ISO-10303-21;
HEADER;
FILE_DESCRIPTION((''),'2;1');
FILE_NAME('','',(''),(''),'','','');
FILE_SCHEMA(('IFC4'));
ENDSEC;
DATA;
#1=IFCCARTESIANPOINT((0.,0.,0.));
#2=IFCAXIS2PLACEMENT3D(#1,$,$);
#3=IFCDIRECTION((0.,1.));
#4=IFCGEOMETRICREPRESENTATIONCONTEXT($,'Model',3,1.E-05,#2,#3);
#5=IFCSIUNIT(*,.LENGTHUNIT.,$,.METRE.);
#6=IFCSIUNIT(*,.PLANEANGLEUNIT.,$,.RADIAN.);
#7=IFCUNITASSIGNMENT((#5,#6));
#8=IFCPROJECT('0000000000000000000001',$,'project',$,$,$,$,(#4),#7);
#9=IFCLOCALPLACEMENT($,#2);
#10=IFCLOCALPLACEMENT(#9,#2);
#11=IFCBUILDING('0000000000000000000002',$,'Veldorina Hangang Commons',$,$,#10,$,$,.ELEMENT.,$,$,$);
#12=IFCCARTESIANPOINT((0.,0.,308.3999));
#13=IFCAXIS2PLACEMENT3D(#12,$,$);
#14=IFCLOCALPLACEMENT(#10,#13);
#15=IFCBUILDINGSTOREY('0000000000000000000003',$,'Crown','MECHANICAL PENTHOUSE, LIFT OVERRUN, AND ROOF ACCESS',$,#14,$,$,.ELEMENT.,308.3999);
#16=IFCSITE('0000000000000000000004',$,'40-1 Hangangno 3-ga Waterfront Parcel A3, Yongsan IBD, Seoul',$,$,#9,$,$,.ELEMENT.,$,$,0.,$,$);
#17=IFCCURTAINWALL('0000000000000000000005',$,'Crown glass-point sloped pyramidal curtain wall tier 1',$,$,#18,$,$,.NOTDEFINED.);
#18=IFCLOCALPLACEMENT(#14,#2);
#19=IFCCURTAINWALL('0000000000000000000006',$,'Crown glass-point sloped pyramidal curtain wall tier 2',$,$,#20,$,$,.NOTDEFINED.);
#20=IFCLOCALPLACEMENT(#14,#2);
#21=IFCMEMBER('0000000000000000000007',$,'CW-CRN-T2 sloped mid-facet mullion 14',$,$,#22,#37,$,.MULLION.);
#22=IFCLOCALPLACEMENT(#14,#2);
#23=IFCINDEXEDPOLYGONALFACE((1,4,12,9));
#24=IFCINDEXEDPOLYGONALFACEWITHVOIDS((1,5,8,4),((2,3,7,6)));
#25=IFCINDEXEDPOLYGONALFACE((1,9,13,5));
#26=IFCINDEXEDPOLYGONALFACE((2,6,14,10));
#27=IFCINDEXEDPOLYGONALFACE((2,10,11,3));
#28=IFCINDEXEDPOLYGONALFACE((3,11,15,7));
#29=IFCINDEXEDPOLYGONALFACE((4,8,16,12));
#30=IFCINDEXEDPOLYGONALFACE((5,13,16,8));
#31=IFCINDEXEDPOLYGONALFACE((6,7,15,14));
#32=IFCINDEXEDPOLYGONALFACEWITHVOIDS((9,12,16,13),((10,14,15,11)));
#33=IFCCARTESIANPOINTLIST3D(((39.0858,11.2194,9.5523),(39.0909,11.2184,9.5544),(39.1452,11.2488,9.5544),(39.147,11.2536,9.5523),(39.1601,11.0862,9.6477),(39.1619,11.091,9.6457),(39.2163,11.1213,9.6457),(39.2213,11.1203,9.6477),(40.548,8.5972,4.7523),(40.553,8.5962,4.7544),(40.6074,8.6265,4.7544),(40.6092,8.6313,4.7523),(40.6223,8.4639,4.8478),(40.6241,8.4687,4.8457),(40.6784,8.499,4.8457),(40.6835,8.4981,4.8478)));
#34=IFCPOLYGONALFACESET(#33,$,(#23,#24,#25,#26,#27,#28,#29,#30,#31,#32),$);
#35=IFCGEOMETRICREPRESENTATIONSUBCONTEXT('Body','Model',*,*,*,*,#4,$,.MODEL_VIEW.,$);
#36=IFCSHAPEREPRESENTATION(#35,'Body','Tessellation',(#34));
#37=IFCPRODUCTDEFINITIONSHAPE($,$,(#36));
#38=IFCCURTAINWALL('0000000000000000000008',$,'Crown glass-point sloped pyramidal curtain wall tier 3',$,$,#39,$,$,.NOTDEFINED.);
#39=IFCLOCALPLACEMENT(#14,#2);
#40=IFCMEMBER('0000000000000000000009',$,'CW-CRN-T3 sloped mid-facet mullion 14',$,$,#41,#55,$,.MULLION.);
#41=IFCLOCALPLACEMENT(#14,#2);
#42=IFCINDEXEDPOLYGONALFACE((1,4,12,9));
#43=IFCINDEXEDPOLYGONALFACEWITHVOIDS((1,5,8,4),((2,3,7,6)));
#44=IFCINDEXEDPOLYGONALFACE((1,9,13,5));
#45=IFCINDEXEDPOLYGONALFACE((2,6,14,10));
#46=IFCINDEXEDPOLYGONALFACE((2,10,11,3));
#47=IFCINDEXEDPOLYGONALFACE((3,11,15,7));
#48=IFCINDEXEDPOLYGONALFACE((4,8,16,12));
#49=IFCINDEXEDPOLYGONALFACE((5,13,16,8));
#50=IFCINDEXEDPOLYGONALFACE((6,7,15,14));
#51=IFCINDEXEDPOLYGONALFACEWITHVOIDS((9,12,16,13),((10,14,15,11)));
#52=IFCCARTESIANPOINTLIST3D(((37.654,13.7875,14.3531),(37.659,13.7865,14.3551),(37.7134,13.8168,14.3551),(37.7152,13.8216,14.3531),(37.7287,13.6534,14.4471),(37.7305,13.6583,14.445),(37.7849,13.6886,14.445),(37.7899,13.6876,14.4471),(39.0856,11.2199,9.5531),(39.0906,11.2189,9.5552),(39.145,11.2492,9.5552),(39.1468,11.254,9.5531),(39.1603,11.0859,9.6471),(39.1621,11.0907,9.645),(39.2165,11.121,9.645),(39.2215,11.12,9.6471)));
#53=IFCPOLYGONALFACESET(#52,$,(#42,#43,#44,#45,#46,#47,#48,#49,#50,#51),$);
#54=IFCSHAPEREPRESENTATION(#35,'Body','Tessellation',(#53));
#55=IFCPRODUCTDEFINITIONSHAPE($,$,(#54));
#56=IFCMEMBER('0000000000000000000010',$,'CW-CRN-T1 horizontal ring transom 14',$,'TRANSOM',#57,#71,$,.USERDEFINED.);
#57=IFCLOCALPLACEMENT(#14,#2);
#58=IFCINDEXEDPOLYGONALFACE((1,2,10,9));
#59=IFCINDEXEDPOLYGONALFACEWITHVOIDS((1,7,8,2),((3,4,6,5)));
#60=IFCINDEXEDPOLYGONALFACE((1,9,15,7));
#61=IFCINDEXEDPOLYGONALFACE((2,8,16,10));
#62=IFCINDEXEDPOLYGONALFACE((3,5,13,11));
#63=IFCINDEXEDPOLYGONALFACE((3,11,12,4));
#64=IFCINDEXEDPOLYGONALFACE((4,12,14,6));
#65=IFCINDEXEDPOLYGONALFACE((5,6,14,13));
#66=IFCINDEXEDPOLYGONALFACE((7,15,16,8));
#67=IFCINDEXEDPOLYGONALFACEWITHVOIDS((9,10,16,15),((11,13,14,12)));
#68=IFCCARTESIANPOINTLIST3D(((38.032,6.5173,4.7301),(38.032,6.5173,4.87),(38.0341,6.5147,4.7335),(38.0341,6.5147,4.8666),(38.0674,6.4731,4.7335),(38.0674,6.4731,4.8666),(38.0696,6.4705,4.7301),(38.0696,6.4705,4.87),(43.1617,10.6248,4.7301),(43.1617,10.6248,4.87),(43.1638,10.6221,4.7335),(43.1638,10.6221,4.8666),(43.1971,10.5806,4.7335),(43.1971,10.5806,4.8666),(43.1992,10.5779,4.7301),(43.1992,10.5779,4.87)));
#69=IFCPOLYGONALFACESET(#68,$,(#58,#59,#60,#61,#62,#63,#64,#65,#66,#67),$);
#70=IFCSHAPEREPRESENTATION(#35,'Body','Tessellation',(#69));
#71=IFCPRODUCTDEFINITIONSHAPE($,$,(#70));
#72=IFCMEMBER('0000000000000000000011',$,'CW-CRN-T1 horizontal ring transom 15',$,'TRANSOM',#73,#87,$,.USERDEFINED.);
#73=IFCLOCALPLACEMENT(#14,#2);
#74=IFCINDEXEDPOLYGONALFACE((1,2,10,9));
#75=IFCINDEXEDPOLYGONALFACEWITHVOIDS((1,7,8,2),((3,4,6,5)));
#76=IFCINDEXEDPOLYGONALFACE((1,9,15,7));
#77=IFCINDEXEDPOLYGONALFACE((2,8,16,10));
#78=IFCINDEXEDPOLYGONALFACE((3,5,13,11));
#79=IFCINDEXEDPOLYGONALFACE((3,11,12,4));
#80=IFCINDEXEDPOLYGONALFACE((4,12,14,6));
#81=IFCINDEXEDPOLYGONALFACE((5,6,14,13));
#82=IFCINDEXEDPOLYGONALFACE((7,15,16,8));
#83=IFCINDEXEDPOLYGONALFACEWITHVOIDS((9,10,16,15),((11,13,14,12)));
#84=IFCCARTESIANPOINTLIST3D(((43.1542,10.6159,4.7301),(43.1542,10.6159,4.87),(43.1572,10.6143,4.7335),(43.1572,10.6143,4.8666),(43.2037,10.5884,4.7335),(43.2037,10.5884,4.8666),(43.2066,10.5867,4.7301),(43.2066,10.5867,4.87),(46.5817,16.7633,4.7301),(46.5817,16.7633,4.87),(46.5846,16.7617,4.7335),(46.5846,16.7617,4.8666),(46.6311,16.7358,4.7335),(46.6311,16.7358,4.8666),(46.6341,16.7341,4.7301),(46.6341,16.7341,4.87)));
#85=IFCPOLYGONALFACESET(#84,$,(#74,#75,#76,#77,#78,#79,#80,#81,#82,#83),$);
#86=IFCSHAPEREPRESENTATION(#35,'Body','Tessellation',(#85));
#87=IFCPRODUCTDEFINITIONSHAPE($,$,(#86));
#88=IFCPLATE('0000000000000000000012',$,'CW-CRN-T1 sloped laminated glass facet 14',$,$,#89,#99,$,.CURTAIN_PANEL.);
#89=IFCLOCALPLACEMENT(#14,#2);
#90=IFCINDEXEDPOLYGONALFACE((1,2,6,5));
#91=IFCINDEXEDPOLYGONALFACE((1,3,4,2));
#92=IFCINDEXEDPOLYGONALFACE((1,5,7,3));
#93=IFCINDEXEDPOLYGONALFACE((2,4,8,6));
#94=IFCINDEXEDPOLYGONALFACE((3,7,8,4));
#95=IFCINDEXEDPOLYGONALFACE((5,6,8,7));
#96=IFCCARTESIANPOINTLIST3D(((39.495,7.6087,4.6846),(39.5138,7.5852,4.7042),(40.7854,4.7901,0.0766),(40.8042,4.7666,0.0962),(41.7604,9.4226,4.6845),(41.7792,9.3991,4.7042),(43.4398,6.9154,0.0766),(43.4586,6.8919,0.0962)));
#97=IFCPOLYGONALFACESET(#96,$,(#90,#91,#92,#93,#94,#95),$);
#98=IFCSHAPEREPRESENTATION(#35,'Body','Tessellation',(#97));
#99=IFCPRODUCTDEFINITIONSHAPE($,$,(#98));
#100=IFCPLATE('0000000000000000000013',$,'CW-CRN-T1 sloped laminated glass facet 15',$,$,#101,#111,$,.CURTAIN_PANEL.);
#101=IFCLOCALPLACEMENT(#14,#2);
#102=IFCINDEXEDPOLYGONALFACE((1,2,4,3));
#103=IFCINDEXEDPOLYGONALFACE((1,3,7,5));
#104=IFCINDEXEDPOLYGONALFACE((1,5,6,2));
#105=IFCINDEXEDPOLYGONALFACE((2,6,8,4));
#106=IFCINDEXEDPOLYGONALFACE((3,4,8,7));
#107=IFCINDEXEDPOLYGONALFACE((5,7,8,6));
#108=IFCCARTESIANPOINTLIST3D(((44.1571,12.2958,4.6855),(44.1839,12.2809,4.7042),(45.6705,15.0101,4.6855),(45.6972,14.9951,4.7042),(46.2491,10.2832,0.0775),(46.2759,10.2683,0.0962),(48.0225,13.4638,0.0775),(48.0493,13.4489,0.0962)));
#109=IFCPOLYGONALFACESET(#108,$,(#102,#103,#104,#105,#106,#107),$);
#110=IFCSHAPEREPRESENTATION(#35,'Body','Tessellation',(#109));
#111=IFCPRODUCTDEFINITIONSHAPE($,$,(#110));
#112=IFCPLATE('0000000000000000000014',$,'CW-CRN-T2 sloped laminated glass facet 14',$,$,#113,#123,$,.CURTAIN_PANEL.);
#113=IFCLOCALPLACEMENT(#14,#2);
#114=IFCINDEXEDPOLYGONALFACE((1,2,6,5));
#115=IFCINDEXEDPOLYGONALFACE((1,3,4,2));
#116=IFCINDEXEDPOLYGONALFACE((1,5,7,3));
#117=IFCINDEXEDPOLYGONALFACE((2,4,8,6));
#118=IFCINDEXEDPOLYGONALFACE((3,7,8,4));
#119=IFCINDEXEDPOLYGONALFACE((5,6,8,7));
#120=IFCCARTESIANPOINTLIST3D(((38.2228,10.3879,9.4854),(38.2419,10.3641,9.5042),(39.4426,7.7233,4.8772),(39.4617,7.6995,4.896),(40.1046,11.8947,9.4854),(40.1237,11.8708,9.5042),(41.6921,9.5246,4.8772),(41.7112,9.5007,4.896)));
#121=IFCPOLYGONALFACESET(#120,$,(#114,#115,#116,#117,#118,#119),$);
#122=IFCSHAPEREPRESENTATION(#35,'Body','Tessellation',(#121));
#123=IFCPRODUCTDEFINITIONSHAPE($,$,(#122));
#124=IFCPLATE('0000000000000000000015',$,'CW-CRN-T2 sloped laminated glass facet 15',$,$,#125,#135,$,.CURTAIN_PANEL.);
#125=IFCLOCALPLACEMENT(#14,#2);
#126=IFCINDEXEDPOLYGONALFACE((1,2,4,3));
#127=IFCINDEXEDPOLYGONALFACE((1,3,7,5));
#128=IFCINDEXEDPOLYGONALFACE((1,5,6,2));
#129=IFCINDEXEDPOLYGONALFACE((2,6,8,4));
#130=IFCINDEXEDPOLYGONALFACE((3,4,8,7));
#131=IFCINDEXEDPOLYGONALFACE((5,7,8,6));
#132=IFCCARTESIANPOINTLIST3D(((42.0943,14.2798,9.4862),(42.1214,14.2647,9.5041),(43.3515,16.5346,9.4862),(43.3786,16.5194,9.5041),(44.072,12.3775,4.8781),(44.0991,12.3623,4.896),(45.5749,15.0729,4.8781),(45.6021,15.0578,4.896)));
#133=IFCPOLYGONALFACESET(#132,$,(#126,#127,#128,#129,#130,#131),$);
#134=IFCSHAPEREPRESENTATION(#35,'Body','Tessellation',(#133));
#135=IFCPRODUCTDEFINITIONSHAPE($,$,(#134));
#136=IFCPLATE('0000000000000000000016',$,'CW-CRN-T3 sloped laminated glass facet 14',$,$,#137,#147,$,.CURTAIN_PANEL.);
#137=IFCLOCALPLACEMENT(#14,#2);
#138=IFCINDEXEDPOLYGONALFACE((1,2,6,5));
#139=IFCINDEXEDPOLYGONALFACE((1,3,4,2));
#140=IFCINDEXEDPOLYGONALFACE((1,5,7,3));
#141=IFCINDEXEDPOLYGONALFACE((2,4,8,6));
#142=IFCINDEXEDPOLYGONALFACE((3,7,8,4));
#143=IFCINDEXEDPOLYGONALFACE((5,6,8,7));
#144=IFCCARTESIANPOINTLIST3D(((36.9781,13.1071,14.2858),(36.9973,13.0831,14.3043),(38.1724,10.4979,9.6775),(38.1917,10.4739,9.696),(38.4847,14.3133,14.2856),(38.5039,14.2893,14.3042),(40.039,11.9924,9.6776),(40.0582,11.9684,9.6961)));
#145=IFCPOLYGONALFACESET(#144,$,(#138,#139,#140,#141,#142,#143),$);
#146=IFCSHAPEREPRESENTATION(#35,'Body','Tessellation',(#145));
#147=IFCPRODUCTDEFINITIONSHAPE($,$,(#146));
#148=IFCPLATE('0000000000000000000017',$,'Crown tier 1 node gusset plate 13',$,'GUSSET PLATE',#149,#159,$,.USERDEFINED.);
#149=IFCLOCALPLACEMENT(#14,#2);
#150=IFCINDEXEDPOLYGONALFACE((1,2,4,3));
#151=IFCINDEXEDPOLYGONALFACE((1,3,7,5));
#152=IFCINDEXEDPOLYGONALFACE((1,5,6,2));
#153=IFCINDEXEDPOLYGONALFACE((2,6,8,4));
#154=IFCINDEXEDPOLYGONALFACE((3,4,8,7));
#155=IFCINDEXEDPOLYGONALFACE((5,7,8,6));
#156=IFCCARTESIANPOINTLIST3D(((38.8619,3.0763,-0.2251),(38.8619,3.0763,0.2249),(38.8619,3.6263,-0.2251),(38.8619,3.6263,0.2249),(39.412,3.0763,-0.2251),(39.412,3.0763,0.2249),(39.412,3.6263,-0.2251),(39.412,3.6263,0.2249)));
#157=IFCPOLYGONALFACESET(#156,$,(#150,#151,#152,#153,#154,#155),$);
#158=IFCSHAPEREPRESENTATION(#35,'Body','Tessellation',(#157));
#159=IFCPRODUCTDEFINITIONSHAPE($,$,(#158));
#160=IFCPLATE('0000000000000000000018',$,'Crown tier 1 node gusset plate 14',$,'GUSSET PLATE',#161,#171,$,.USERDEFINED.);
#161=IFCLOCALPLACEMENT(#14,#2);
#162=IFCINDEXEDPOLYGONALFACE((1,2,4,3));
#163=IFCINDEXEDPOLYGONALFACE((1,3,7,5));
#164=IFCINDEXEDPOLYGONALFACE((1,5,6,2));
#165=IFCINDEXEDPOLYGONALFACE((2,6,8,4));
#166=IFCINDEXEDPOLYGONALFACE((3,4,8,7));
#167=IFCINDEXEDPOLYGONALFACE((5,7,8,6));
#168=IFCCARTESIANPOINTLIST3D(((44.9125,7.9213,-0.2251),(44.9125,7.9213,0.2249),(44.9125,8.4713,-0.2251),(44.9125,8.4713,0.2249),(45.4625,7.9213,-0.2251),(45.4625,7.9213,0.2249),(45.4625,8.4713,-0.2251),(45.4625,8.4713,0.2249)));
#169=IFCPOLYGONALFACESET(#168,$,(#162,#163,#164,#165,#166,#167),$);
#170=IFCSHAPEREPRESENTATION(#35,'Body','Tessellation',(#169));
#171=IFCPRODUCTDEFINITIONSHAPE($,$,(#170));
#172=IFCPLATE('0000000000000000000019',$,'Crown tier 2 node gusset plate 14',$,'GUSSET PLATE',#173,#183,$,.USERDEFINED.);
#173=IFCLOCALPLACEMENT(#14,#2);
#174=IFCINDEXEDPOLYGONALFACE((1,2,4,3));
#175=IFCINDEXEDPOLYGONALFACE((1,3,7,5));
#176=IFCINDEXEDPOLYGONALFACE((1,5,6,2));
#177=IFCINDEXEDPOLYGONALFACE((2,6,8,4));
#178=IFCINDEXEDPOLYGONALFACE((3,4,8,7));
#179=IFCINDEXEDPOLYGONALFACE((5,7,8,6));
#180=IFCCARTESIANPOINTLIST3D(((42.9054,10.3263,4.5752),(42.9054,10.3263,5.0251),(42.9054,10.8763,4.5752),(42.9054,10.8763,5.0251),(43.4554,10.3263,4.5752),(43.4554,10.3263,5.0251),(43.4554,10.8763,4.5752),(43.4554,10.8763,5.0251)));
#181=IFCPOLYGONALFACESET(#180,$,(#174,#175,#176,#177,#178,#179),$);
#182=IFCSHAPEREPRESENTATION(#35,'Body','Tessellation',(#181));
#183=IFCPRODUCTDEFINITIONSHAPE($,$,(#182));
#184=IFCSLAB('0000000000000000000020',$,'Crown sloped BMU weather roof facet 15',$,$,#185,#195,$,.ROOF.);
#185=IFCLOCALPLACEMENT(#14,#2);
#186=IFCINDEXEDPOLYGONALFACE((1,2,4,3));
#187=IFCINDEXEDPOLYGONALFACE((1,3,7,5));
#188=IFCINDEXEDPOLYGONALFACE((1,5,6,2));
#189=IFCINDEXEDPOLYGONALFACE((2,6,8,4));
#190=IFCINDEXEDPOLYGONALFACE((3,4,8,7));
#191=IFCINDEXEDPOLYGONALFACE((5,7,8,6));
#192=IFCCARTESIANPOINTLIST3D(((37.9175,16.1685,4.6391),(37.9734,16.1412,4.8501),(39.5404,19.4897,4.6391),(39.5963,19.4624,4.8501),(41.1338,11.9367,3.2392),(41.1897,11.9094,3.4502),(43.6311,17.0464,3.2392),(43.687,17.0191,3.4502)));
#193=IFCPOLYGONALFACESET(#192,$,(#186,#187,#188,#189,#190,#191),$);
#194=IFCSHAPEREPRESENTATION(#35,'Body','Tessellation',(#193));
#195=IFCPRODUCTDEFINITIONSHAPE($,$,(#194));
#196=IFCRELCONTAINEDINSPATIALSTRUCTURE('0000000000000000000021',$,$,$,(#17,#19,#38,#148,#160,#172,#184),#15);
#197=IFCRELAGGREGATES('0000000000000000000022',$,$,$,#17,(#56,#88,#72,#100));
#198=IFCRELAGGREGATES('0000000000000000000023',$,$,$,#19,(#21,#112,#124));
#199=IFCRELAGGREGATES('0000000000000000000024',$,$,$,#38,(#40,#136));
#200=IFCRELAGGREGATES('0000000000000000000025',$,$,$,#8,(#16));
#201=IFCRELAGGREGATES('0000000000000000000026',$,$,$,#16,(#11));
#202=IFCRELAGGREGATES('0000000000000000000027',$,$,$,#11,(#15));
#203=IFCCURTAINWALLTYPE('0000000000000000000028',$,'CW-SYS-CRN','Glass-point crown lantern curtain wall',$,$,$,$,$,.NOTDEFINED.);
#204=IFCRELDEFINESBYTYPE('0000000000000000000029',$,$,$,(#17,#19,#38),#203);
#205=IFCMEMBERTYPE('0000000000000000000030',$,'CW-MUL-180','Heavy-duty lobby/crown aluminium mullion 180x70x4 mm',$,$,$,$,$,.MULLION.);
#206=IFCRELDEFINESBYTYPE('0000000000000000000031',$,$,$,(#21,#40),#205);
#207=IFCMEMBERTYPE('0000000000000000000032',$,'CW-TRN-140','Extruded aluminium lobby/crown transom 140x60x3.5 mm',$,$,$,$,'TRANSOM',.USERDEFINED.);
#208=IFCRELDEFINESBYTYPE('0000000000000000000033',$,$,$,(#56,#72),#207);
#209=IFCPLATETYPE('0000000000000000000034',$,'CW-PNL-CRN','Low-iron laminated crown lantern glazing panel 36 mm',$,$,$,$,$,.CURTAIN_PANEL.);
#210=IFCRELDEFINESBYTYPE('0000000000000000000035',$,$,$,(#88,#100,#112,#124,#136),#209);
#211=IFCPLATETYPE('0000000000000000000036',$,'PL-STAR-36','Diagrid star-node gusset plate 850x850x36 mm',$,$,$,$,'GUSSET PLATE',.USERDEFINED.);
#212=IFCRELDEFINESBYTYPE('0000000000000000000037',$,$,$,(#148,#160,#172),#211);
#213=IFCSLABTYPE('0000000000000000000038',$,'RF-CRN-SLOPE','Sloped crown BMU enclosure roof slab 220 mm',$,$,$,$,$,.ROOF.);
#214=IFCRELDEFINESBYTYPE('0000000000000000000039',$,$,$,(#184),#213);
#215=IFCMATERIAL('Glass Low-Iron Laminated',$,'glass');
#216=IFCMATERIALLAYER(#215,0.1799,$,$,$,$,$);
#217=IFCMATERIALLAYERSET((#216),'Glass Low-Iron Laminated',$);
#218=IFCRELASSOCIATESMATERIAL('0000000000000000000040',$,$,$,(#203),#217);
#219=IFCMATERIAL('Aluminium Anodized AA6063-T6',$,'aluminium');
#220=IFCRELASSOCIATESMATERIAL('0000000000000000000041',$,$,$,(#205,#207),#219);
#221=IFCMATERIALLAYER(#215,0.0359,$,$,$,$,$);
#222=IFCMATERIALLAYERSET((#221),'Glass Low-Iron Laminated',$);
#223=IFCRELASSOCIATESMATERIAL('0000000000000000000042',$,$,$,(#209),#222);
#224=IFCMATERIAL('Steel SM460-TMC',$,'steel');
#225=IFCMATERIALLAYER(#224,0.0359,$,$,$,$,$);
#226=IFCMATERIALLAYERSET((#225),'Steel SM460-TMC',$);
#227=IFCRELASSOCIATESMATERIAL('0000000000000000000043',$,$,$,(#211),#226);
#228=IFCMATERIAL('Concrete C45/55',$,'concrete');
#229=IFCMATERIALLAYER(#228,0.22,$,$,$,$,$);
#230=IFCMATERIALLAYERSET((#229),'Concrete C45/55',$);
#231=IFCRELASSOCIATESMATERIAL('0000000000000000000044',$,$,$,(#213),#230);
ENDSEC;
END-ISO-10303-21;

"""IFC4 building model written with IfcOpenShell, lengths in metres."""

from ifc_helpers import new_model, si_unit, direction, frame, origin, origin_2d, place, context, subcontext, project, spatial, polyline, rectangle, hollow_rectangle, outline, extrude, material, layer, layer_set, material_profile, profile_set, type_object, element, aggregate, save


model = new_model("IFC4")

# Units and contexts
model_context = context("Model", 3, precision=1e-05, world=origin(), true_north=direction((0.0, 1.0)))
body_context = subcontext(model_context, "Body", "Model", "MODEL_VIEW")
ifc_project = project(units=[si_unit("LENGTHUNIT", "METRE"), si_unit("PLANEANGLEUNIT", "RADIAN")], contexts=[model_context])

# Site, building, storey
site_placement = place(None, origin())
site = spatial("IfcSite", under=ifc_project, at=site_placement, Name="40-1 Hangangno 3-ga Waterfront Parcel A3, Yongsan IBD, Seoul", CompositionType="ELEMENT", RefElevation=0.0)
building_placement = place(site_placement, origin())
building = spatial("IfcBuilding", under=site, at=building_placement, Name="Veldorina Hangang Commons", CompositionType="ELEMENT")
storey_placement = place(building_placement, frame((0.0, 0.0, 308.3999)))
storey = spatial("IfcBuildingStorey", under=building, at=storey_placement, Name="Crown", Description="MECHANICAL PENTHOUSE, LIFT OVERRUN, AND ROOF ACCESS", CompositionType="ELEMENT", Elevation=308.3999)

# Shared definitions
ifc_material_1 = material(Name="Steel SM460-TMC", Category="steel")

# Curtain wall
ifc_material_2 = material(Name="Glass Low-Iron Laminated", Category="glass")
ifc_layer_1 = layer(ifc_material_2, 0.1799)
ifc_layer_set_1 = layer_set([ifc_layer_1], Name="Glass Low-Iron Laminated")
curtain_wall_type = type_object("IfcCurtainWallType", Name="CW-SYS-CRN", Description="Glass-point crown lantern curtain wall", PredefinedType="NOTDEFINED", material=ifc_layer_set_1)
curtain_wall_1_placement = place(storey_placement, origin())
curtain_wall_1 = element("IfcCurtainWall", 1, at=curtain_wall_1_placement, inside=storey, type_object=curtain_wall_type, Name="Crown glass-point sloped pyramidal curtain wall tier 1", PredefinedType="NOTDEFINED")
ifc_material_3 = material(Name="Aluminium Anodized AA6063-T6", Category="aluminium")
ifc_material_profile_1 = material_profile(ifc_material_3, hollow_rectangle(XDim=0.0701, YDim=0.1799, WallThickness=0.0039, at=origin_2d()), Name="ALU-RHS-180x70x4")
ifc_profile_set_1 = profile_set([ifc_material_profile_1], Name="Aluminium Anodized AA6063-T6")
member_type_1 = type_object("IfcMemberType", Name="CW-MUL-180", Description="Heavy-duty lobby/crown aluminium mullion 180x70x4 mm", PredefinedType="MULLION", material=ifc_profile_set_1)

# Curtain walls, members
curtain_wall_2_placement = place(storey_placement, origin())
curtain_wall_2 = element("IfcCurtainWall", 2, at=curtain_wall_2_placement, inside=storey, type_object=curtain_wall_type, Name="Crown glass-point sloped pyramidal curtain wall tier 2", PredefinedType="NOTDEFINED")
member_1_placement = place(storey_placement, frame((40.6157, 8.5476, 4.8), z_axis=(-0.258254, 0.463167, 0.84781), x_axis=(-0.873404, -0.486996, 0.0)))
member_1 = element("IfcMember", 3, at=member_1_placement, type_object=member_type_1, Name="CW-CRN-T2 sloped mid-facet mullion 14", PredefinedType="MULLION", context=body_context, shape_type="SweptSolid", body=[
    extrude(hollow_rectangle(XDim=0.0701, YDim=0.1799, WallThickness=0.0039, at=origin_2d()), origin(), (0.0, 0.0, 1.0), 5.6616),
])
curtain_wall_3_placement = place(storey_placement, origin())
curtain_wall_3 = element("IfcCurtainWall", 4, at=curtain_wall_3_placement, inside=storey, type_object=curtain_wall_type, Name="Crown glass-point sloped pyramidal curtain wall tier 3", PredefinedType="NOTDEFINED")
member_2_placement = place(storey_placement, frame((39.1536, 11.1699, 9.6001), z_axis=(-0.254345, 0.456163, 0.852774), x_axis=(-0.873408, -0.486989, 0.0)))
member_2 = element("IfcMember", 5, at=member_2_placement, type_object=member_type_1, Name="CW-CRN-T3 sloped mid-facet mullion 14", PredefinedType="MULLION", context=body_context, shape_type="SweptSolid", body=[
    extrude(hollow_rectangle(XDim=0.0701, YDim=0.1799, WallThickness=0.0039, at=origin_2d()), origin(), (0.0, 0.0, 1.0), 5.6287),
])

# Members
ifc_material_profile_2 = material_profile(ifc_material_3, hollow_rectangle(XDim=0.0601, YDim=0.1399, WallThickness=0.0034, at=origin_2d()), Name="ALU-RHS-140x60x3.5")
ifc_profile_set_2 = profile_set([ifc_material_profile_2], Name="Aluminium Anodized AA6063-T6")
member_type_2 = type_object("IfcMemberType", Name="CW-TRN-140", Description="Extruded aluminium lobby/crown transom 140x60x3.5 mm", ElementType="TRANSOM", PredefinedType="USERDEFINED", material=ifc_profile_set_2)
member_3_placement = place(storey_placement, frame((38.0508, 6.4939, 4.8), z_axis=(0.780593, 0.625039, 0.0), x_axis=(-0.625039, 0.780593, 0.0)))
member_3 = element("IfcMember", 6, at=member_3_placement, type_object=member_type_2, Name="CW-CRN-T1 horizontal ring transom 14", ObjectType="TRANSOM", PredefinedType="USERDEFINED", context=body_context, shape_type="SweptSolid", body=[
    extrude(hollow_rectangle(XDim=0.0601, YDim=0.1399, WallThickness=0.0034, at=origin_2d()), origin(), (0.0, 0.0, 1.0), 6.5715),
])
member_4_placement = place(storey_placement, frame((43.1804, 10.6013, 4.8), z_axis=(0.486971, 0.873418, 0.0), x_axis=(-0.873418, 0.486971, 0.0)))
member_4 = element("IfcMember", 7, at=member_4_placement, type_object=member_type_2, Name="CW-CRN-T1 horizontal ring transom 15", ObjectType="TRANSOM", PredefinedType="USERDEFINED", context=body_context, shape_type="SweptSolid", body=[
    extrude(hollow_rectangle(XDim=0.0601, YDim=0.1399, WallThickness=0.0034, at=origin_2d()), origin(), (0.0, 0.0, 1.0), 7.0383),
])

# Plates
ifc_layer_2 = layer(ifc_material_2, 0.0359)
ifc_layer_set_2 = layer_set([ifc_layer_2], Name="Glass Low-Iron Laminated")
plate_type_1 = type_object("IfcPlateType", Name="CW-PNL-CRN", Description="Low-iron laminated crown lantern glazing panel 36 mm", PredefinedType="CURTAIN_PANEL", material=ifc_layer_set_2)
plate_1_placement = place(storey_placement, frame((40.8042, 4.7666, 0.0962), z_axis=(0.523451, -0.653738, 0.546467), x_axis=(0.780603, 0.625027, -0.000007)))
plate_1 = element("IfcPlate", 8, at=plate_1_placement, type_object=plate_type_1, Name="CW-CRN-T1 sloped laminated glass facet 14", PredefinedType="CURTAIN_PANEL", context=body_context, shape_type="SweptSolid", body=[
    extrude(outline(polyline([(0.0, 0.0), (3.4004, 0.0), (3.6565, 5.5022), (0.7544, 5.5022), (0.0, 0.0)])), origin(), (0.0, 0.0, -1.0), 0.0359),
])
plate_2_placement = place(storey_placement, frame((46.2759, 10.2683, 0.0962), z_axis=(0.745891, -0.415884, 0.520276), x_axis=(0.486985, 0.87341, -0.000001)))
plate_2 = element("IfcPlate", 9, at=plate_2_placement, type_object=plate_type_1, Name="CW-CRN-T1 sloped laminated glass facet 15", PredefinedType="CURTAIN_PANEL", context=body_context, shape_type="SweptSolid", body=[
    extrude(outline(polyline([(0.0, 0.0), (3.6416, 0.0), (3.8467, 5.3958), (0.739, 5.3958), (0.0, 0.0)])), origin(), (0.0, 0.0, -1.0), 0.0359),
])
aggregate(curtain_wall_1, [member_3, plate_1, member_4, plate_2])
plate_3_placement = place(storey_placement, frame((39.4617, 7.6995, 4.896), z_axis=(0.531988, -0.664377, 0.524969), x_axis=(0.780589, 0.625044, 0.000001)))
plate_3 = element("IfcPlate", 10, at=plate_3_placement, type_object=plate_type_1, Name="CW-CRN-T2 sloped laminated glass facet 14", PredefinedType="CURTAIN_PANEL", context=body_context, shape_type="SweptSolid", body=[
    extrude(outline(polyline([(0.0, 0.0), (2.8818, 0.0), (3.124, 5.4143), (0.7134, 5.4143), (0.0, 0.0)])), origin(), (0.0, 0.0, -1.0), 0.0359),
])
plate_4_placement = place(storey_placement, frame((44.0991, 12.3623, 4.896), z_axis=(0.75687, -0.422014, 0.49905), x_axis=(0.486989, 0.873408, 0.000006)))
plate_4 = element("IfcPlate", 11, at=plate_4_placement, type_object=plate_type_1, Name="CW-CRN-T2 sloped laminated glass facet 15", PredefinedType="CURTAIN_PANEL", context=body_context, shape_type="SweptSolid", body=[
    extrude(outline(polyline([(0.0, 0.0), (3.0862, 0.0), (3.28, 5.3176), (0.6985, 5.3176), (0.0, 0.0)])), origin(), (0.0, 0.0, -1.0), 0.0359),
])
aggregate(curtain_wall_2, [member_1, plate_3, plate_4])
plate_5_placement = place(storey_placement, frame((38.1917, 10.4739, 9.696), z_axis=(0.535002, -0.668197, 0.516997), x_axis=(0.780603, 0.625027, 0.000032)))
plate_5 = element("IfcPlate", 12, at=plate_5_placement, type_object=plate_type_1, Name="CW-CRN-T3 sloped laminated glass facet 14", PredefinedType="CURTAIN_PANEL", context=body_context, shape_type="SweptSolid", body=[
    extrude(outline(polyline([(0.0, 0.0), (2.3911, 0.0), (2.6287, 5.3833), (0.6987, 5.3835), (0.0, 0.0)])), origin(), (0.0, 0.0, -1.0), 0.0359),
])
aggregate(curtain_wall_3, [member_2, plate_5])

# Plates
ifc_layer_3 = layer(ifc_material_1, 0.0359)
ifc_layer_set_3 = layer_set([ifc_layer_3], Name="Steel SM460-TMC")
plate_type_2 = type_object("IfcPlateType", Name="PL-STAR-36", Description="Diagrid star-node gusset plate 850x850x36 mm", ElementType="GUSSET PLATE", PredefinedType="USERDEFINED", material=ifc_layer_set_3)
for number, where, z_axis, x_axis, name in (
    (13, (39.137, 3.3513, -0.2251), (0.0, 0.0, 1.0), (1.0, 0.0, 0.0), "Crown tier 1 node gusset plate 13"),
    (14, (45.1875, 8.1963, -0.2251), (0.0, 0.0, 1.0), (1.0, 0.0, 0.0), "Crown tier 1 node gusset plate 14"),
    (15, (43.1804, 10.6013, 4.5752), (0.0, 0.0, 1.0), (1.0, 0.0, 0.0), "Crown tier 2 node gusset plate 14"),
):
    element("IfcPlate", number, at=place(storey_placement, frame(where, z_axis=z_axis, x_axis=x_axis)), inside=storey, type_object=plate_type_2, Name=name, ObjectType="GUSSET PLATE", PredefinedType="USERDEFINED", context=body_context, shape_type="SweptSolid", body=[
        extrude(rectangle(XDim=0.55, YDim=0.55, at=origin_2d()), origin(), (0.0, 0.0, 1.0), 0.45),
    ])

# Slab
ifc_material_4 = material(Name="Concrete C45/55", Category="concrete")
ifc_layer_4 = layer(ifc_material_4, 0.22)
ifc_layer_set_4 = layer_set([ifc_layer_4], Name="Concrete C45/55")
slab_type = type_object("IfcSlabType", Name="RF-CRN-SLOPE", Description="Sloped crown BMU enclosure roof slab 220 mm", PredefinedType="ROOF", material=ifc_layer_set_4)
slab_placement = place(storey_placement, frame((41.1897, 11.9094, 3.4502), z_axis=(0.25409, -0.124179, 0.959176), x_axis=(0.439106, 0.898435, -0.000006)))
element("IfcSlab", 16, at=slab_placement, inside=storey, type_object=slab_type, Name="Crown sloped BMU weather roof facet 15", PredefinedType="ROOF", context=body_context, shape_type="SweptSolid", body=[
    extrude(outline(polyline([(0.0, 0.0), (5.6873, 0.0), (6.0862, 4.9502), (2.3896, 4.95), (0.0, 0.0)])), origin(), (0.0, 0.0, -1.0), 0.22),
])

save(model, "model.ifc")
